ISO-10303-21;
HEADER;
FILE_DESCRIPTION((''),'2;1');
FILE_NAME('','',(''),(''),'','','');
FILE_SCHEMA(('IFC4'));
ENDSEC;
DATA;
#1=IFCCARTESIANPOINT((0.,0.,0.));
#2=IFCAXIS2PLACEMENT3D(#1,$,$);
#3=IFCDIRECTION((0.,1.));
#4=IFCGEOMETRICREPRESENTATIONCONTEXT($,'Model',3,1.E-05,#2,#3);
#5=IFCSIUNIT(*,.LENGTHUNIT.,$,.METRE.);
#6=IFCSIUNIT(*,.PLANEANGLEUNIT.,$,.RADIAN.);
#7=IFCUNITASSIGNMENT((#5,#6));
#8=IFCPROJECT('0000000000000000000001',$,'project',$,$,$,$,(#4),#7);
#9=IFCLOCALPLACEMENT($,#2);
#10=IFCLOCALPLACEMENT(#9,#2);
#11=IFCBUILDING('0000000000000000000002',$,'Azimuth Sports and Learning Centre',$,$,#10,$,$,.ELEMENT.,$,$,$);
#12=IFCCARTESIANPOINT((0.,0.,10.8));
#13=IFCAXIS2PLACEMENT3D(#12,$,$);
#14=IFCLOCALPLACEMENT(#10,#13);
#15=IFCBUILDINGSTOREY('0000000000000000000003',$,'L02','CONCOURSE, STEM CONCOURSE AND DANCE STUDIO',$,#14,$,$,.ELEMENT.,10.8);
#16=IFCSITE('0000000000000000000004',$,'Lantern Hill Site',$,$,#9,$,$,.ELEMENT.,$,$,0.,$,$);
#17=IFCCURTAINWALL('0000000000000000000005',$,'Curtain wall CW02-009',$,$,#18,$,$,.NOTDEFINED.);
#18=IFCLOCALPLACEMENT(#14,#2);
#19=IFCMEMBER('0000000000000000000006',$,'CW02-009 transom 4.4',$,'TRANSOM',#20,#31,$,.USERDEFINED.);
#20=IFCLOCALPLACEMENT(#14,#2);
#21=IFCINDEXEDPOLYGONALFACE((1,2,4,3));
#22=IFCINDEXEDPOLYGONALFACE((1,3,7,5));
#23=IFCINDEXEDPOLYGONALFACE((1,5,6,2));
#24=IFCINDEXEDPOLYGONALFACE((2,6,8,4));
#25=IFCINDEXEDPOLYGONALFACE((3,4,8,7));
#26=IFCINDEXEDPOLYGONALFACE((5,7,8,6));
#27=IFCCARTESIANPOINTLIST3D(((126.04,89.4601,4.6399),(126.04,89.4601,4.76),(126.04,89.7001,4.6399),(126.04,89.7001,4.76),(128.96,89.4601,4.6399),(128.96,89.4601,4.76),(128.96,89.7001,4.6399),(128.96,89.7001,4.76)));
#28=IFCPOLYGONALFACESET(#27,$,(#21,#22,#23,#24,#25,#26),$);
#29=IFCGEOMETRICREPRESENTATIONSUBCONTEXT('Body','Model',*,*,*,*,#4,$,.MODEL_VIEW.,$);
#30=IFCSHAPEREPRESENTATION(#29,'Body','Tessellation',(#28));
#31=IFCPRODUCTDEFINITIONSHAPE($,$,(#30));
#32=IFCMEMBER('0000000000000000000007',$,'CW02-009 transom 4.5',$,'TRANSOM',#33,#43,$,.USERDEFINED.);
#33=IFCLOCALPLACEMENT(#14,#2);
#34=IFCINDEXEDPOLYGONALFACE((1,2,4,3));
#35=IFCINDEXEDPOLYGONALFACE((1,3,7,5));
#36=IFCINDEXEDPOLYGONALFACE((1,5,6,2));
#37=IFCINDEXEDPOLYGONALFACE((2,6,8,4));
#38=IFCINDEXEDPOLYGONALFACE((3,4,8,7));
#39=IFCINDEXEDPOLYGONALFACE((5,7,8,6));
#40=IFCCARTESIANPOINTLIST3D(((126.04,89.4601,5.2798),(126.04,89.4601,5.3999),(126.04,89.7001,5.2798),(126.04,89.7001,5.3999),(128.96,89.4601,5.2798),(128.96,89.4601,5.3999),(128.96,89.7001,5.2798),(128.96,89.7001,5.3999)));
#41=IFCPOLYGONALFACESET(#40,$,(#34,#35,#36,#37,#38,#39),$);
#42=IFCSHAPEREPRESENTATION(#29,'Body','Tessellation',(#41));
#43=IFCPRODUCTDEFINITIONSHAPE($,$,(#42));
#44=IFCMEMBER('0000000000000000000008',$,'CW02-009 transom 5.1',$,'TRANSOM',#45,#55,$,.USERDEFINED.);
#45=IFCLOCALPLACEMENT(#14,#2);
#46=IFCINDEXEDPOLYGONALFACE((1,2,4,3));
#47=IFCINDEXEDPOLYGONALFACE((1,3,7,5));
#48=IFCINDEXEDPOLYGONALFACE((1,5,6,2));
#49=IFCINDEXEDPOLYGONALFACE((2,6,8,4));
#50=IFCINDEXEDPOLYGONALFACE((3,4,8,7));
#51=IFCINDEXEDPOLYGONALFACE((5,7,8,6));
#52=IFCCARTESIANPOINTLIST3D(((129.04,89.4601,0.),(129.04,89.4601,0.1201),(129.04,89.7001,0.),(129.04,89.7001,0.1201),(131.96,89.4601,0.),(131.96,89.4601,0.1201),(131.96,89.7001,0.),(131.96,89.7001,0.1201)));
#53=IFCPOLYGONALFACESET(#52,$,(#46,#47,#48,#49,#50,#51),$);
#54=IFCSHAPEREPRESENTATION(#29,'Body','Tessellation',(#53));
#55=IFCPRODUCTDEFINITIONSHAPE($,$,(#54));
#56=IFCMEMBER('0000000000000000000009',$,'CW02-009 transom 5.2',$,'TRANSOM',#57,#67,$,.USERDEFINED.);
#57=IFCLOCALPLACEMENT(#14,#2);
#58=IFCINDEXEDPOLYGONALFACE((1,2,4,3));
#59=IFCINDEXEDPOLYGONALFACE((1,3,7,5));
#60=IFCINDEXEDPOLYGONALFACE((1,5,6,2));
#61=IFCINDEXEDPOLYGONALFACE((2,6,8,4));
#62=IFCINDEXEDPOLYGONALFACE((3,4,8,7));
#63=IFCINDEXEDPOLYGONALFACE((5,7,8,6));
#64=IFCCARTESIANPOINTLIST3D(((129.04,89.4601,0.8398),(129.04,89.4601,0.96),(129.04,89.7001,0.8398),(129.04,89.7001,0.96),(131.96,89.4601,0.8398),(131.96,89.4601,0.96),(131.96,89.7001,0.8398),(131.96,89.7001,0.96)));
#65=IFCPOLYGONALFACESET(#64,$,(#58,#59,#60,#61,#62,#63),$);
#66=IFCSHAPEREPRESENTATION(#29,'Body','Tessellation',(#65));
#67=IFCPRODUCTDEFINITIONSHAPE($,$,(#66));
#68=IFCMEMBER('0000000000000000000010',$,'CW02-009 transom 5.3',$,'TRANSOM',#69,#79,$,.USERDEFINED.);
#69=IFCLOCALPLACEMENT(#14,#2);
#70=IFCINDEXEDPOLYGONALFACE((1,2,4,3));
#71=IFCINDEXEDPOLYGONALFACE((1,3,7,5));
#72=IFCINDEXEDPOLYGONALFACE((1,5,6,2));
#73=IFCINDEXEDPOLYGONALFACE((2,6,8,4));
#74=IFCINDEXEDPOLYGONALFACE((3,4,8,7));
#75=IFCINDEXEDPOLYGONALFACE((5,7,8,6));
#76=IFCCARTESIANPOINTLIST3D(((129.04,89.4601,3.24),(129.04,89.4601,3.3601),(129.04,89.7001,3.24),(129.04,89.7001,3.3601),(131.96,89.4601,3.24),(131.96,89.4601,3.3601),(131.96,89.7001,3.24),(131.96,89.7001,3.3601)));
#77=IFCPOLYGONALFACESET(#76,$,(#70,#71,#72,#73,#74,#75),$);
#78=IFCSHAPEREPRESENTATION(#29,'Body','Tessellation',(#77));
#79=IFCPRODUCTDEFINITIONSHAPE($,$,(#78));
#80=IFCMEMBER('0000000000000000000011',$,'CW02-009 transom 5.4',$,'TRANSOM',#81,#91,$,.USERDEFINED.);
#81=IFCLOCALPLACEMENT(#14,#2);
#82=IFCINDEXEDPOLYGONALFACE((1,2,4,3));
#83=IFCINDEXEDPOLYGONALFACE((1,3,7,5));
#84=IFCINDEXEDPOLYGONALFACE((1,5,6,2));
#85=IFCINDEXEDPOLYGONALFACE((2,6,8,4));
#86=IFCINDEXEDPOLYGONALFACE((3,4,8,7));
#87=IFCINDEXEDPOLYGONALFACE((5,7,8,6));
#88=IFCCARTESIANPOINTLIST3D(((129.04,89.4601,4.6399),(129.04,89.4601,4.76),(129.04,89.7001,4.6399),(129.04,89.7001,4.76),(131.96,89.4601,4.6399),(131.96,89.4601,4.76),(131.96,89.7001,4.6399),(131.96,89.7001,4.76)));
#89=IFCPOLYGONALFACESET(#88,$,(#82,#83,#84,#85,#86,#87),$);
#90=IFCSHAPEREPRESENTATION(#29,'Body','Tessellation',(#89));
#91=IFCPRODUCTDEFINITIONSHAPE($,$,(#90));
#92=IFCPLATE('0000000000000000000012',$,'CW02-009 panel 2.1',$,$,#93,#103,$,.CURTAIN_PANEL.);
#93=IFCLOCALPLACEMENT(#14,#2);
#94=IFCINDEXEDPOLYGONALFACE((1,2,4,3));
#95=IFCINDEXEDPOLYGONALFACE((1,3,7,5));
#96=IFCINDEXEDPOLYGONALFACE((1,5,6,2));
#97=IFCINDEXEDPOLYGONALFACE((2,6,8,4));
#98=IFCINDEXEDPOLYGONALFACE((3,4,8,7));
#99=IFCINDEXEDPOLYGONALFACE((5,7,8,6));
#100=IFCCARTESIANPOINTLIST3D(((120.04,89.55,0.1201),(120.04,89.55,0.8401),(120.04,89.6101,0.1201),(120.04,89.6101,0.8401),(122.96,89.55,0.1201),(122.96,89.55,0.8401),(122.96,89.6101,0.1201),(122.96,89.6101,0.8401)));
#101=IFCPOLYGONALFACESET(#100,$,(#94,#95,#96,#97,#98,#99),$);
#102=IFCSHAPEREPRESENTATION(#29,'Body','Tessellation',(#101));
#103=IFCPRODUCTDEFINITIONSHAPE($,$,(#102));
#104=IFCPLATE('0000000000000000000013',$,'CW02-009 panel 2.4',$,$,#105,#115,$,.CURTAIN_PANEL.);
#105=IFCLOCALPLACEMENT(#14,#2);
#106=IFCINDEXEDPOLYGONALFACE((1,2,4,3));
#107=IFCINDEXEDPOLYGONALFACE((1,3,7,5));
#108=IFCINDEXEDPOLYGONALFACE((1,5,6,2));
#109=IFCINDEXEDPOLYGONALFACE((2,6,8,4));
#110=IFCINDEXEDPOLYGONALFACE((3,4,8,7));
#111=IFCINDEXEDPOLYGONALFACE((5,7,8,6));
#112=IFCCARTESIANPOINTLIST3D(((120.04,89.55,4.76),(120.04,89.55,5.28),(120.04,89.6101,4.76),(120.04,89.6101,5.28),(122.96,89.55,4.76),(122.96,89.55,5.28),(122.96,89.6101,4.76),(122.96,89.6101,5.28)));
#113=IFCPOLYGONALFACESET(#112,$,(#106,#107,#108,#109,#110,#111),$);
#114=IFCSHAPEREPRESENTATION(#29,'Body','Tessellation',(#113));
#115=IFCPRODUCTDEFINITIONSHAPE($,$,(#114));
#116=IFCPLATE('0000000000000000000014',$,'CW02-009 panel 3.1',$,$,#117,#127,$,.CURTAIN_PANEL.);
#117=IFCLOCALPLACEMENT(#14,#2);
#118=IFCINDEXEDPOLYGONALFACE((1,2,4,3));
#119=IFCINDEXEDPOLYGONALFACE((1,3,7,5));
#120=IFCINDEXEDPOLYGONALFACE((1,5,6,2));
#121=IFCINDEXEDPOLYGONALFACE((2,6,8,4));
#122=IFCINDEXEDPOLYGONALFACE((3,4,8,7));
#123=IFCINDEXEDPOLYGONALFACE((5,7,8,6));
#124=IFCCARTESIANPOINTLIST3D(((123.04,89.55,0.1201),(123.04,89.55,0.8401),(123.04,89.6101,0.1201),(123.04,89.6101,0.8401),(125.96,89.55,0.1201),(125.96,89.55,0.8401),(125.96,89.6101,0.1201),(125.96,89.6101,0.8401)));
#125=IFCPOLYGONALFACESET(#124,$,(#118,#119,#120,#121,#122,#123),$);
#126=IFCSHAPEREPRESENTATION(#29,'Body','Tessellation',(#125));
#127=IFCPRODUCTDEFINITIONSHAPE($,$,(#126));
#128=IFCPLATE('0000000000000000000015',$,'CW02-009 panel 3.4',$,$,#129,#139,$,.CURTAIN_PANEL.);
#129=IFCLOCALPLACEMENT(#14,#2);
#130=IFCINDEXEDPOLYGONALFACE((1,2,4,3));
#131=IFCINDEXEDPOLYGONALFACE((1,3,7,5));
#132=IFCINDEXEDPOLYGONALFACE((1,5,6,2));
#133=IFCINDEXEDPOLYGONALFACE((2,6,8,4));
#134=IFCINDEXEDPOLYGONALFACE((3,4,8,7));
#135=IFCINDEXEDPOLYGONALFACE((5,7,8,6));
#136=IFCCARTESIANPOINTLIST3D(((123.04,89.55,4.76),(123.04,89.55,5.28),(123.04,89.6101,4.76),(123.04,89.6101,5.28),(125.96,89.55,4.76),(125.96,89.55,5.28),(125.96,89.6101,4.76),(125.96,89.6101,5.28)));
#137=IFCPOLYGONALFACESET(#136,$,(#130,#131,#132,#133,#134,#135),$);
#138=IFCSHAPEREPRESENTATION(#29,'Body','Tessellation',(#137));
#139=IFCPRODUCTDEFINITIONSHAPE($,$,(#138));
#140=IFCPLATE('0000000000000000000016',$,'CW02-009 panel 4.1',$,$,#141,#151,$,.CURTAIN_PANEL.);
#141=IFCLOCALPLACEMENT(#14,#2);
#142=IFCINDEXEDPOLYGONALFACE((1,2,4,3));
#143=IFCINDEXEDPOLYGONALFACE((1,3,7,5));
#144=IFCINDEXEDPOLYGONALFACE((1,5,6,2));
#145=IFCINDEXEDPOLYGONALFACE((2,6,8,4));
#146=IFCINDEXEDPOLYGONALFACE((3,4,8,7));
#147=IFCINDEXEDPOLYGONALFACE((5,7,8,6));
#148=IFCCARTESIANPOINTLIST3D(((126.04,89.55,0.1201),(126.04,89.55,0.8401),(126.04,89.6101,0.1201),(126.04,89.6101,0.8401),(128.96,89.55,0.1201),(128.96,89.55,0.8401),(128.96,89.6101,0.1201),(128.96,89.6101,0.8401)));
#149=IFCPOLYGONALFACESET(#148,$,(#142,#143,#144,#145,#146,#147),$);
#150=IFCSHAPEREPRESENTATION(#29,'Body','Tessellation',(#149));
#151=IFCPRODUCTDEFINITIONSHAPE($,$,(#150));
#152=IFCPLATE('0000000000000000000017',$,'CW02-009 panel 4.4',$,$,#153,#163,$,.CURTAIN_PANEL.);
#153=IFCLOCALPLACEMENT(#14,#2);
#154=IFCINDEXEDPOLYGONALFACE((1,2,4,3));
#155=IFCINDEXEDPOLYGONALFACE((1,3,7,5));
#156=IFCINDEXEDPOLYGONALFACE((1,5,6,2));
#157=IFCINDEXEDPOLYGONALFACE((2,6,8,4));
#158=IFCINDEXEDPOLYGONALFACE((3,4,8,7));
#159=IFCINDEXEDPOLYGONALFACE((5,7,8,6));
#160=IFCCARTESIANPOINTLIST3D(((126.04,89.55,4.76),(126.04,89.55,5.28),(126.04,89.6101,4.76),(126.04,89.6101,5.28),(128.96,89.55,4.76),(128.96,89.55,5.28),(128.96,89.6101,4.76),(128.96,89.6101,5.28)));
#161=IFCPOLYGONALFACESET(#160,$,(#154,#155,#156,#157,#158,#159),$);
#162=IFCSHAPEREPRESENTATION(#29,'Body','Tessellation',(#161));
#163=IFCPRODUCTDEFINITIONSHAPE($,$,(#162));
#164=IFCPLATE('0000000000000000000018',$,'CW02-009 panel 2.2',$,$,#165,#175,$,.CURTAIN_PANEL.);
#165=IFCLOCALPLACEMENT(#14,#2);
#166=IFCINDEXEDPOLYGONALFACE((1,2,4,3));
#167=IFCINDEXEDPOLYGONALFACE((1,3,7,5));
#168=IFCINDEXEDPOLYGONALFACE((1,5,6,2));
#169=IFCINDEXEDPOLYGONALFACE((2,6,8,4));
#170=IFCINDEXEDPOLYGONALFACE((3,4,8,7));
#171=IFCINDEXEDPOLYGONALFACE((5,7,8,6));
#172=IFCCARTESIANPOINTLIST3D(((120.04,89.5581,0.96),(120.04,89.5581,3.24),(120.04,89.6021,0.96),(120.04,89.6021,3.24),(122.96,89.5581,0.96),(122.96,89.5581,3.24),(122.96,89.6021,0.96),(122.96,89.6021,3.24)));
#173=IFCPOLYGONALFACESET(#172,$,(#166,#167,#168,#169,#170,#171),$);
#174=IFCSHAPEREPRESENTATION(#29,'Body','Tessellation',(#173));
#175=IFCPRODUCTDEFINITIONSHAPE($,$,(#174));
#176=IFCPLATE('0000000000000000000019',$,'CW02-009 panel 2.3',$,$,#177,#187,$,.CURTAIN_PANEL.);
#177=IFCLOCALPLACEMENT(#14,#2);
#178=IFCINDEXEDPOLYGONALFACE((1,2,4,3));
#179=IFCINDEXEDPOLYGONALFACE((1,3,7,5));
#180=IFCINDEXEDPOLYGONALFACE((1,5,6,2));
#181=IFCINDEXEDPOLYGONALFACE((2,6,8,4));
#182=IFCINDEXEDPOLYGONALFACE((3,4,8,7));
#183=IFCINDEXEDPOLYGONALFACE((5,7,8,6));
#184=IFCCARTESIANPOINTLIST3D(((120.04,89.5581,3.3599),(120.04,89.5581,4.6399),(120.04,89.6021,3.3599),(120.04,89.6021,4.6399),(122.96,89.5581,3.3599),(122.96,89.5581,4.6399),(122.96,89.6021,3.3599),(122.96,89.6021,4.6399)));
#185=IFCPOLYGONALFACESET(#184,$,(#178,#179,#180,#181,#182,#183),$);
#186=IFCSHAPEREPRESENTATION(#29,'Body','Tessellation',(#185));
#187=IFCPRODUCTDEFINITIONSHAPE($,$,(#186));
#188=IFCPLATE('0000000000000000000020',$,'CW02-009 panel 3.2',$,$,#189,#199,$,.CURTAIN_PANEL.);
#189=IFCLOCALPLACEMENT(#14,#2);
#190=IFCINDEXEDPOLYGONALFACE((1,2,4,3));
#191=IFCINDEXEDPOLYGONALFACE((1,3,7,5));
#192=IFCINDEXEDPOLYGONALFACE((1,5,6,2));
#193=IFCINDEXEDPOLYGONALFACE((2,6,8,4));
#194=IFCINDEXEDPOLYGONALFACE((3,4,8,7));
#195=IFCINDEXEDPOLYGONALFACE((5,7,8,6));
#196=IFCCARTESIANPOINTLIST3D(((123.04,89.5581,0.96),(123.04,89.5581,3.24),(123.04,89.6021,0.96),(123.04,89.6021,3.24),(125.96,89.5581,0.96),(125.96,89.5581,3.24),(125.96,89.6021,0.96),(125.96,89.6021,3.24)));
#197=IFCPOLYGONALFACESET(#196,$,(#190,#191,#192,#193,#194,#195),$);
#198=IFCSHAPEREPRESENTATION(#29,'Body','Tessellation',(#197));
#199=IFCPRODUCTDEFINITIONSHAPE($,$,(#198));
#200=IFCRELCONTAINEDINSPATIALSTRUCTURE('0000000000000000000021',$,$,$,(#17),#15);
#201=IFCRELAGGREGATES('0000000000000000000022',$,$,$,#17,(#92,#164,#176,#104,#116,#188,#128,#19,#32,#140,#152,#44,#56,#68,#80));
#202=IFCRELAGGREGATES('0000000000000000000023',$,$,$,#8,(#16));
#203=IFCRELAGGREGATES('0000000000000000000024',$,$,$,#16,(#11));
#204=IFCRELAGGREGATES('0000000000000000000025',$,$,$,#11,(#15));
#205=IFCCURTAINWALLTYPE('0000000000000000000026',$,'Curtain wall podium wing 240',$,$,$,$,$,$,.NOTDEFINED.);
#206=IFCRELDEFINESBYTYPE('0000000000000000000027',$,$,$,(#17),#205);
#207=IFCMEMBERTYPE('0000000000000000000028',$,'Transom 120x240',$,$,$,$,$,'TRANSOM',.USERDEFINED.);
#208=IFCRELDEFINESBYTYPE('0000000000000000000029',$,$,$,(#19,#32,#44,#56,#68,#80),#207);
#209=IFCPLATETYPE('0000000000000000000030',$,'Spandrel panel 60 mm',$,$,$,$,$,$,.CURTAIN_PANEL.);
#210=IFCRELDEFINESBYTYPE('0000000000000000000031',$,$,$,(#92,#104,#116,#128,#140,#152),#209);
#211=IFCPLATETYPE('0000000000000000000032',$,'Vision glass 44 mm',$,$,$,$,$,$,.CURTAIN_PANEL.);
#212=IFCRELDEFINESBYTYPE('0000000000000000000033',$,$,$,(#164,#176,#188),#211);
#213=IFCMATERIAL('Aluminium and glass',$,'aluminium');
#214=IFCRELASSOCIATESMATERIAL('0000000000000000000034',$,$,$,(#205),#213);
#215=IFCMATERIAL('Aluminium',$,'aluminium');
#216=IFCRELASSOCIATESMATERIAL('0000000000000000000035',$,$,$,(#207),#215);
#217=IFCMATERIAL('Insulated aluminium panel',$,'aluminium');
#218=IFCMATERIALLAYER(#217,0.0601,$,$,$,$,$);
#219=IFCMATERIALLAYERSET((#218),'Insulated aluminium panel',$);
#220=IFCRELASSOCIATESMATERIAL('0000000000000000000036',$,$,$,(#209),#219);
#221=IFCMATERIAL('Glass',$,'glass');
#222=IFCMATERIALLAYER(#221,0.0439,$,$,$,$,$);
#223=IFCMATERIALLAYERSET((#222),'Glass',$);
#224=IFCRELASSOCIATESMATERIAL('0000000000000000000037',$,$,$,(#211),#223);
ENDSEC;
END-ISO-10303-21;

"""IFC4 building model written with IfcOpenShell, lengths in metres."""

from ifc_helpers import new_model, si_unit, direction, frame, origin, origin_2d, place, context, subcontext, project, spatial, rectangle, extrude, material, layer, layer_set, material_profile, profile_set, type_object, element, aggregate, save


model = new_model("IFC4")

# Units and contexts
model_context = context("Model", 3, precision=1e-05, world=origin(), true_north=direction((0.0, 1.0)))
body_context = subcontext(model_context, "Body", "Model", "MODEL_VIEW")
ifc_project = project(units=[si_unit("LENGTHUNIT", "METRE"), si_unit("PLANEANGLEUNIT", "RADIAN")], contexts=[model_context])

# Site, building, storey
site_placement = place(None, origin())
site = spatial("IfcSite", under=ifc_project, at=site_placement, Name="Lantern Hill Site", CompositionType="ELEMENT", RefElevation=0.0)
building_placement = place(site_placement, origin())
building = spatial("IfcBuilding", under=site, at=building_placement, Name="Azimuth Sports and Learning Centre", CompositionType="ELEMENT")
storey_placement = place(building_placement, frame((0.0, 0.0, 10.8)))
storey = spatial("IfcBuildingStorey", under=building, at=storey_placement, Name="L02", Description="CONCOURSE, STEM CONCOURSE AND DANCE STUDIO", CompositionType="ELEMENT", Elevation=10.8)

# Curtain wall, members, plates
ifc_material_1 = material(Name="Aluminium and glass", Category="aluminium")
curtain_wall_type = type_object("IfcCurtainWallType", Name="Curtain wall podium wing 240", PredefinedType="NOTDEFINED", material=ifc_material_1)
curtain_wall_placement = place(storey_placement, origin())
curtain_wall = element("IfcCurtainWall", 1, at=curtain_wall_placement, inside=storey, type_object=curtain_wall_type, Name="Curtain wall CW02-009", PredefinedType="NOTDEFINED")
ifc_material_2 = material(Name="Aluminium", Category="aluminium")
ifc_material_profile_1 = material_profile(ifc_material_2, rectangle(XDim=0.24, YDim=0.1201, at=origin_2d()), Name="Transom 120x240")
ifc_profile_set_1 = profile_set([ifc_material_profile_1], Name="Aluminium")
member_type_1 = type_object("IfcMemberType", Name="Transom 120x240", ElementType="TRANSOM", PredefinedType="USERDEFINED", material=ifc_profile_set_1)
member_1_placement = place(storey_placement, frame((126.04, 89.5801, 4.7), z_axis=(1.0, 0.0, 0.0), x_axis=(0.0, 1.0, 0.0)))
member_1 = element("IfcMember", 2, at=member_1_placement, type_object=member_type_1, Name="CW02-009 transom 4.4", ObjectType="TRANSOM", PredefinedType="USERDEFINED", context=body_context, shape_type="SweptSolid", body=[
    extrude(rectangle(XDim=0.24, YDim=0.1201, at=origin_2d()), origin(), (0.0, 0.0, 1.0), 2.9199),
])
member_2_placement = place(storey_placement, frame((126.04, 89.5801, 5.3398), z_axis=(1.0, 0.0, 0.0), x_axis=(0.0, 1.0, 0.0)))
member_2 = element("IfcMember", 3, at=member_2_placement, type_object=member_type_1, Name="CW02-009 transom 4.5", ObjectType="TRANSOM", PredefinedType="USERDEFINED", context=body_context, shape_type="SweptSolid", body=[
    extrude(rectangle(XDim=0.24, YDim=0.1201, at=origin_2d()), origin(), (0.0, 0.0, 1.0), 2.9199),
])
member_3_placement = place(storey_placement, frame((129.04, 89.5801, 0.0601), z_axis=(1.0, 0.0, 0.0), x_axis=(0.0, 1.0, 0.0)))
member_3 = element("IfcMember", 4, at=member_3_placement, type_object=member_type_1, Name="CW02-009 transom 5.1", ObjectType="TRANSOM", PredefinedType="USERDEFINED", context=body_context, shape_type="SweptSolid", body=[
    extrude(rectangle(XDim=0.24, YDim=0.1201, at=origin_2d()), origin(), (0.0, 0.0, 1.0), 2.9199),
])
member_4_placement = place(storey_placement, frame((129.04, 89.5801, 0.8999), z_axis=(1.0, 0.0, 0.0), x_axis=(0.0, 1.0, 0.0)))
member_4 = element("IfcMember", 5, at=member_4_placement, type_object=member_type_1, Name="CW02-009 transom 5.2", ObjectType="TRANSOM", PredefinedType="USERDEFINED", context=body_context, shape_type="SweptSolid", body=[
    extrude(rectangle(XDim=0.24, YDim=0.1201, at=origin_2d()), origin(), (0.0, 0.0, 1.0), 2.9199),
])
member_5_placement = place(storey_placement, frame((129.04, 89.5801, 3.3), z_axis=(1.0, 0.0, 0.0), x_axis=(0.0, 1.0, 0.0)))
member_5 = element("IfcMember", 6, at=member_5_placement, type_object=member_type_1, Name="CW02-009 transom 5.3", ObjectType="TRANSOM", PredefinedType="USERDEFINED", context=body_context, shape_type="SweptSolid", body=[
    extrude(rectangle(XDim=0.24, YDim=0.1201, at=origin_2d()), origin(), (0.0, 0.0, 1.0), 2.9199),
])
member_6_placement = place(storey_placement, frame((129.04, 89.5801, 4.7), z_axis=(1.0, 0.0, 0.0), x_axis=(0.0, 1.0, 0.0)))
member_6 = element("IfcMember", 7, at=member_6_placement, type_object=member_type_1, Name="CW02-009 transom 5.4", ObjectType="TRANSOM", PredefinedType="USERDEFINED", context=body_context, shape_type="SweptSolid", body=[
    extrude(rectangle(XDim=0.24, YDim=0.1201, at=origin_2d()), origin(), (0.0, 0.0, 1.0), 2.9199),
])
ifc_material_3 = material(Name="Insulated aluminium panel", Category="aluminium")
ifc_layer_1 = layer(ifc_material_3, 0.0601)
ifc_layer_set_1 = layer_set([ifc_layer_1], Name="Insulated aluminium panel")
plate_type_1 = type_object("IfcPlateType", Name="Spandrel panel 60 mm", PredefinedType="CURTAIN_PANEL", material=ifc_layer_set_1)
plate_1_placement = place(storey_placement, frame((121.5, 89.5801, 0.1201), z_axis=(0.0, 0.0, 1.0), x_axis=(1.0, 0.0, 0.0)))
plate_1 = element("IfcPlate", 8, at=plate_1_placement, type_object=plate_type_1, Name="CW02-009 panel 2.1", PredefinedType="CURTAIN_PANEL", context=body_context, shape_type="SweptSolid", body=[
    extrude(rectangle(XDim=2.9199, YDim=0.0601, at=origin_2d()), origin(), (0.0, 0.0, 1.0), 0.72),
])
plate_2_placement = place(storey_placement, frame((121.5, 89.5801, 4.76), z_axis=(0.0, 0.0, 1.0), x_axis=(1.0, 0.0, 0.0)))
plate_2 = element("IfcPlate", 9, at=plate_2_placement, type_object=plate_type_1, Name="CW02-009 panel 2.4", PredefinedType="CURTAIN_PANEL", context=body_context, shape_type="SweptSolid", body=[
    extrude(rectangle(XDim=2.9199, YDim=0.0601, at=origin_2d()), origin(), (0.0, 0.0, 1.0), 0.52),
])
plate_3_placement = place(storey_placement, frame((124.5, 89.5801, 0.1201), z_axis=(0.0, 0.0, 1.0), x_axis=(1.0, 0.0, 0.0)))
plate_3 = element("IfcPlate", 10, at=plate_3_placement, type_object=plate_type_1, Name="CW02-009 panel 3.1", PredefinedType="CURTAIN_PANEL", context=body_context, shape_type="SweptSolid", body=[
    extrude(rectangle(XDim=2.9199, YDim=0.0601, at=origin_2d()), origin(), (0.0, 0.0, 1.0), 0.72),
])
plate_4_placement = place(storey_placement, frame((124.5, 89.5801, 4.76), z_axis=(0.0, 0.0, 1.0), x_axis=(1.0, 0.0, 0.0)))
plate_4 = element("IfcPlate", 11, at=plate_4_placement, type_object=plate_type_1, Name="CW02-009 panel 3.4", PredefinedType="CURTAIN_PANEL", context=body_context, shape_type="SweptSolid", body=[
    extrude(rectangle(XDim=2.9199, YDim=0.0601, at=origin_2d()), origin(), (0.0, 0.0, 1.0), 0.52),
])
plate_5_placement = place(storey_placement, frame((127.5, 89.5801, 0.1201), z_axis=(0.0, 0.0, 1.0), x_axis=(1.0, 0.0, 0.0)))
plate_5 = element("IfcPlate", 12, at=plate_5_placement, type_object=plate_type_1, Name="CW02-009 panel 4.1", PredefinedType="CURTAIN_PANEL", context=body_context, shape_type="SweptSolid", body=[
    extrude(rectangle(XDim=2.9199, YDim=0.0601, at=origin_2d()), origin(), (0.0, 0.0, 1.0), 0.72),
])
plate_6_placement = place(storey_placement, frame((127.5, 89.5801, 4.76), z_axis=(0.0, 0.0, 1.0), x_axis=(1.0, 0.0, 0.0)))
plate_6 = element("IfcPlate", 13, at=plate_6_placement, type_object=plate_type_1, Name="CW02-009 panel 4.4", PredefinedType="CURTAIN_PANEL", context=body_context, shape_type="SweptSolid", body=[
    extrude(rectangle(XDim=2.9199, YDim=0.0601, at=origin_2d()), origin(), (0.0, 0.0, 1.0), 0.52),
])
ifc_material_4 = material(Name="Glass", Category="glass")
ifc_layer_2 = layer(ifc_material_4, 0.0439)
ifc_layer_set_2 = layer_set([ifc_layer_2], Name="Glass")
plate_type_2 = type_object("IfcPlateType", Name="Vision glass 44 mm", PredefinedType="CURTAIN_PANEL", material=ifc_layer_set_2)
plate_7_placement = place(storey_placement, frame((121.5, 89.5801, 0.96), z_axis=(0.0, 0.0, 1.0), x_axis=(1.0, 0.0, 0.0)))
plate_7 = element("IfcPlate", 14, at=plate_7_placement, type_object=plate_type_2, Name="CW02-009 panel 2.2", PredefinedType="CURTAIN_PANEL", context=body_context, shape_type="SweptSolid", body=[
    extrude(rectangle(XDim=2.9199, YDim=0.0439, at=origin_2d()), origin(), (0.0, 0.0, 1.0), 2.28),
])
plate_8_placement = place(storey_placement, frame((121.5, 89.5801, 3.3599), z_axis=(0.0, 0.0, 1.0), x_axis=(1.0, 0.0, 0.0)))
plate_8 = element("IfcPlate", 15, at=plate_8_placement, type_object=plate_type_2, Name="CW02-009 panel 2.3", PredefinedType="CURTAIN_PANEL", context=body_context, shape_type="SweptSolid", body=[
    extrude(rectangle(XDim=2.9199, YDim=0.0439, at=origin_2d()), origin(), (0.0, 0.0, 1.0), 1.28),
])
plate_9_placement = place(storey_placement, frame((124.5, 89.5801, 0.96), z_axis=(0.0, 0.0, 1.0), x_axis=(1.0, 0.0, 0.0)))
plate_9 = element("IfcPlate", 16, at=plate_9_placement, type_object=plate_type_2, Name="CW02-009 panel 3.2", PredefinedType="CURTAIN_PANEL", context=body_context, shape_type="SweptSolid", body=[
    extrude(rectangle(XDim=2.9199, YDim=0.0439, at=origin_2d()), origin(), (0.0, 0.0, 1.0), 2.28),
])
aggregate(curtain_wall, [plate_1, plate_7, plate_8, plate_2, plate_3, plate_9, plate_4, member_1, member_2, plate_5, plate_6, member_3, member_4, member_5, member_6])

save(model, "model.ifc")
